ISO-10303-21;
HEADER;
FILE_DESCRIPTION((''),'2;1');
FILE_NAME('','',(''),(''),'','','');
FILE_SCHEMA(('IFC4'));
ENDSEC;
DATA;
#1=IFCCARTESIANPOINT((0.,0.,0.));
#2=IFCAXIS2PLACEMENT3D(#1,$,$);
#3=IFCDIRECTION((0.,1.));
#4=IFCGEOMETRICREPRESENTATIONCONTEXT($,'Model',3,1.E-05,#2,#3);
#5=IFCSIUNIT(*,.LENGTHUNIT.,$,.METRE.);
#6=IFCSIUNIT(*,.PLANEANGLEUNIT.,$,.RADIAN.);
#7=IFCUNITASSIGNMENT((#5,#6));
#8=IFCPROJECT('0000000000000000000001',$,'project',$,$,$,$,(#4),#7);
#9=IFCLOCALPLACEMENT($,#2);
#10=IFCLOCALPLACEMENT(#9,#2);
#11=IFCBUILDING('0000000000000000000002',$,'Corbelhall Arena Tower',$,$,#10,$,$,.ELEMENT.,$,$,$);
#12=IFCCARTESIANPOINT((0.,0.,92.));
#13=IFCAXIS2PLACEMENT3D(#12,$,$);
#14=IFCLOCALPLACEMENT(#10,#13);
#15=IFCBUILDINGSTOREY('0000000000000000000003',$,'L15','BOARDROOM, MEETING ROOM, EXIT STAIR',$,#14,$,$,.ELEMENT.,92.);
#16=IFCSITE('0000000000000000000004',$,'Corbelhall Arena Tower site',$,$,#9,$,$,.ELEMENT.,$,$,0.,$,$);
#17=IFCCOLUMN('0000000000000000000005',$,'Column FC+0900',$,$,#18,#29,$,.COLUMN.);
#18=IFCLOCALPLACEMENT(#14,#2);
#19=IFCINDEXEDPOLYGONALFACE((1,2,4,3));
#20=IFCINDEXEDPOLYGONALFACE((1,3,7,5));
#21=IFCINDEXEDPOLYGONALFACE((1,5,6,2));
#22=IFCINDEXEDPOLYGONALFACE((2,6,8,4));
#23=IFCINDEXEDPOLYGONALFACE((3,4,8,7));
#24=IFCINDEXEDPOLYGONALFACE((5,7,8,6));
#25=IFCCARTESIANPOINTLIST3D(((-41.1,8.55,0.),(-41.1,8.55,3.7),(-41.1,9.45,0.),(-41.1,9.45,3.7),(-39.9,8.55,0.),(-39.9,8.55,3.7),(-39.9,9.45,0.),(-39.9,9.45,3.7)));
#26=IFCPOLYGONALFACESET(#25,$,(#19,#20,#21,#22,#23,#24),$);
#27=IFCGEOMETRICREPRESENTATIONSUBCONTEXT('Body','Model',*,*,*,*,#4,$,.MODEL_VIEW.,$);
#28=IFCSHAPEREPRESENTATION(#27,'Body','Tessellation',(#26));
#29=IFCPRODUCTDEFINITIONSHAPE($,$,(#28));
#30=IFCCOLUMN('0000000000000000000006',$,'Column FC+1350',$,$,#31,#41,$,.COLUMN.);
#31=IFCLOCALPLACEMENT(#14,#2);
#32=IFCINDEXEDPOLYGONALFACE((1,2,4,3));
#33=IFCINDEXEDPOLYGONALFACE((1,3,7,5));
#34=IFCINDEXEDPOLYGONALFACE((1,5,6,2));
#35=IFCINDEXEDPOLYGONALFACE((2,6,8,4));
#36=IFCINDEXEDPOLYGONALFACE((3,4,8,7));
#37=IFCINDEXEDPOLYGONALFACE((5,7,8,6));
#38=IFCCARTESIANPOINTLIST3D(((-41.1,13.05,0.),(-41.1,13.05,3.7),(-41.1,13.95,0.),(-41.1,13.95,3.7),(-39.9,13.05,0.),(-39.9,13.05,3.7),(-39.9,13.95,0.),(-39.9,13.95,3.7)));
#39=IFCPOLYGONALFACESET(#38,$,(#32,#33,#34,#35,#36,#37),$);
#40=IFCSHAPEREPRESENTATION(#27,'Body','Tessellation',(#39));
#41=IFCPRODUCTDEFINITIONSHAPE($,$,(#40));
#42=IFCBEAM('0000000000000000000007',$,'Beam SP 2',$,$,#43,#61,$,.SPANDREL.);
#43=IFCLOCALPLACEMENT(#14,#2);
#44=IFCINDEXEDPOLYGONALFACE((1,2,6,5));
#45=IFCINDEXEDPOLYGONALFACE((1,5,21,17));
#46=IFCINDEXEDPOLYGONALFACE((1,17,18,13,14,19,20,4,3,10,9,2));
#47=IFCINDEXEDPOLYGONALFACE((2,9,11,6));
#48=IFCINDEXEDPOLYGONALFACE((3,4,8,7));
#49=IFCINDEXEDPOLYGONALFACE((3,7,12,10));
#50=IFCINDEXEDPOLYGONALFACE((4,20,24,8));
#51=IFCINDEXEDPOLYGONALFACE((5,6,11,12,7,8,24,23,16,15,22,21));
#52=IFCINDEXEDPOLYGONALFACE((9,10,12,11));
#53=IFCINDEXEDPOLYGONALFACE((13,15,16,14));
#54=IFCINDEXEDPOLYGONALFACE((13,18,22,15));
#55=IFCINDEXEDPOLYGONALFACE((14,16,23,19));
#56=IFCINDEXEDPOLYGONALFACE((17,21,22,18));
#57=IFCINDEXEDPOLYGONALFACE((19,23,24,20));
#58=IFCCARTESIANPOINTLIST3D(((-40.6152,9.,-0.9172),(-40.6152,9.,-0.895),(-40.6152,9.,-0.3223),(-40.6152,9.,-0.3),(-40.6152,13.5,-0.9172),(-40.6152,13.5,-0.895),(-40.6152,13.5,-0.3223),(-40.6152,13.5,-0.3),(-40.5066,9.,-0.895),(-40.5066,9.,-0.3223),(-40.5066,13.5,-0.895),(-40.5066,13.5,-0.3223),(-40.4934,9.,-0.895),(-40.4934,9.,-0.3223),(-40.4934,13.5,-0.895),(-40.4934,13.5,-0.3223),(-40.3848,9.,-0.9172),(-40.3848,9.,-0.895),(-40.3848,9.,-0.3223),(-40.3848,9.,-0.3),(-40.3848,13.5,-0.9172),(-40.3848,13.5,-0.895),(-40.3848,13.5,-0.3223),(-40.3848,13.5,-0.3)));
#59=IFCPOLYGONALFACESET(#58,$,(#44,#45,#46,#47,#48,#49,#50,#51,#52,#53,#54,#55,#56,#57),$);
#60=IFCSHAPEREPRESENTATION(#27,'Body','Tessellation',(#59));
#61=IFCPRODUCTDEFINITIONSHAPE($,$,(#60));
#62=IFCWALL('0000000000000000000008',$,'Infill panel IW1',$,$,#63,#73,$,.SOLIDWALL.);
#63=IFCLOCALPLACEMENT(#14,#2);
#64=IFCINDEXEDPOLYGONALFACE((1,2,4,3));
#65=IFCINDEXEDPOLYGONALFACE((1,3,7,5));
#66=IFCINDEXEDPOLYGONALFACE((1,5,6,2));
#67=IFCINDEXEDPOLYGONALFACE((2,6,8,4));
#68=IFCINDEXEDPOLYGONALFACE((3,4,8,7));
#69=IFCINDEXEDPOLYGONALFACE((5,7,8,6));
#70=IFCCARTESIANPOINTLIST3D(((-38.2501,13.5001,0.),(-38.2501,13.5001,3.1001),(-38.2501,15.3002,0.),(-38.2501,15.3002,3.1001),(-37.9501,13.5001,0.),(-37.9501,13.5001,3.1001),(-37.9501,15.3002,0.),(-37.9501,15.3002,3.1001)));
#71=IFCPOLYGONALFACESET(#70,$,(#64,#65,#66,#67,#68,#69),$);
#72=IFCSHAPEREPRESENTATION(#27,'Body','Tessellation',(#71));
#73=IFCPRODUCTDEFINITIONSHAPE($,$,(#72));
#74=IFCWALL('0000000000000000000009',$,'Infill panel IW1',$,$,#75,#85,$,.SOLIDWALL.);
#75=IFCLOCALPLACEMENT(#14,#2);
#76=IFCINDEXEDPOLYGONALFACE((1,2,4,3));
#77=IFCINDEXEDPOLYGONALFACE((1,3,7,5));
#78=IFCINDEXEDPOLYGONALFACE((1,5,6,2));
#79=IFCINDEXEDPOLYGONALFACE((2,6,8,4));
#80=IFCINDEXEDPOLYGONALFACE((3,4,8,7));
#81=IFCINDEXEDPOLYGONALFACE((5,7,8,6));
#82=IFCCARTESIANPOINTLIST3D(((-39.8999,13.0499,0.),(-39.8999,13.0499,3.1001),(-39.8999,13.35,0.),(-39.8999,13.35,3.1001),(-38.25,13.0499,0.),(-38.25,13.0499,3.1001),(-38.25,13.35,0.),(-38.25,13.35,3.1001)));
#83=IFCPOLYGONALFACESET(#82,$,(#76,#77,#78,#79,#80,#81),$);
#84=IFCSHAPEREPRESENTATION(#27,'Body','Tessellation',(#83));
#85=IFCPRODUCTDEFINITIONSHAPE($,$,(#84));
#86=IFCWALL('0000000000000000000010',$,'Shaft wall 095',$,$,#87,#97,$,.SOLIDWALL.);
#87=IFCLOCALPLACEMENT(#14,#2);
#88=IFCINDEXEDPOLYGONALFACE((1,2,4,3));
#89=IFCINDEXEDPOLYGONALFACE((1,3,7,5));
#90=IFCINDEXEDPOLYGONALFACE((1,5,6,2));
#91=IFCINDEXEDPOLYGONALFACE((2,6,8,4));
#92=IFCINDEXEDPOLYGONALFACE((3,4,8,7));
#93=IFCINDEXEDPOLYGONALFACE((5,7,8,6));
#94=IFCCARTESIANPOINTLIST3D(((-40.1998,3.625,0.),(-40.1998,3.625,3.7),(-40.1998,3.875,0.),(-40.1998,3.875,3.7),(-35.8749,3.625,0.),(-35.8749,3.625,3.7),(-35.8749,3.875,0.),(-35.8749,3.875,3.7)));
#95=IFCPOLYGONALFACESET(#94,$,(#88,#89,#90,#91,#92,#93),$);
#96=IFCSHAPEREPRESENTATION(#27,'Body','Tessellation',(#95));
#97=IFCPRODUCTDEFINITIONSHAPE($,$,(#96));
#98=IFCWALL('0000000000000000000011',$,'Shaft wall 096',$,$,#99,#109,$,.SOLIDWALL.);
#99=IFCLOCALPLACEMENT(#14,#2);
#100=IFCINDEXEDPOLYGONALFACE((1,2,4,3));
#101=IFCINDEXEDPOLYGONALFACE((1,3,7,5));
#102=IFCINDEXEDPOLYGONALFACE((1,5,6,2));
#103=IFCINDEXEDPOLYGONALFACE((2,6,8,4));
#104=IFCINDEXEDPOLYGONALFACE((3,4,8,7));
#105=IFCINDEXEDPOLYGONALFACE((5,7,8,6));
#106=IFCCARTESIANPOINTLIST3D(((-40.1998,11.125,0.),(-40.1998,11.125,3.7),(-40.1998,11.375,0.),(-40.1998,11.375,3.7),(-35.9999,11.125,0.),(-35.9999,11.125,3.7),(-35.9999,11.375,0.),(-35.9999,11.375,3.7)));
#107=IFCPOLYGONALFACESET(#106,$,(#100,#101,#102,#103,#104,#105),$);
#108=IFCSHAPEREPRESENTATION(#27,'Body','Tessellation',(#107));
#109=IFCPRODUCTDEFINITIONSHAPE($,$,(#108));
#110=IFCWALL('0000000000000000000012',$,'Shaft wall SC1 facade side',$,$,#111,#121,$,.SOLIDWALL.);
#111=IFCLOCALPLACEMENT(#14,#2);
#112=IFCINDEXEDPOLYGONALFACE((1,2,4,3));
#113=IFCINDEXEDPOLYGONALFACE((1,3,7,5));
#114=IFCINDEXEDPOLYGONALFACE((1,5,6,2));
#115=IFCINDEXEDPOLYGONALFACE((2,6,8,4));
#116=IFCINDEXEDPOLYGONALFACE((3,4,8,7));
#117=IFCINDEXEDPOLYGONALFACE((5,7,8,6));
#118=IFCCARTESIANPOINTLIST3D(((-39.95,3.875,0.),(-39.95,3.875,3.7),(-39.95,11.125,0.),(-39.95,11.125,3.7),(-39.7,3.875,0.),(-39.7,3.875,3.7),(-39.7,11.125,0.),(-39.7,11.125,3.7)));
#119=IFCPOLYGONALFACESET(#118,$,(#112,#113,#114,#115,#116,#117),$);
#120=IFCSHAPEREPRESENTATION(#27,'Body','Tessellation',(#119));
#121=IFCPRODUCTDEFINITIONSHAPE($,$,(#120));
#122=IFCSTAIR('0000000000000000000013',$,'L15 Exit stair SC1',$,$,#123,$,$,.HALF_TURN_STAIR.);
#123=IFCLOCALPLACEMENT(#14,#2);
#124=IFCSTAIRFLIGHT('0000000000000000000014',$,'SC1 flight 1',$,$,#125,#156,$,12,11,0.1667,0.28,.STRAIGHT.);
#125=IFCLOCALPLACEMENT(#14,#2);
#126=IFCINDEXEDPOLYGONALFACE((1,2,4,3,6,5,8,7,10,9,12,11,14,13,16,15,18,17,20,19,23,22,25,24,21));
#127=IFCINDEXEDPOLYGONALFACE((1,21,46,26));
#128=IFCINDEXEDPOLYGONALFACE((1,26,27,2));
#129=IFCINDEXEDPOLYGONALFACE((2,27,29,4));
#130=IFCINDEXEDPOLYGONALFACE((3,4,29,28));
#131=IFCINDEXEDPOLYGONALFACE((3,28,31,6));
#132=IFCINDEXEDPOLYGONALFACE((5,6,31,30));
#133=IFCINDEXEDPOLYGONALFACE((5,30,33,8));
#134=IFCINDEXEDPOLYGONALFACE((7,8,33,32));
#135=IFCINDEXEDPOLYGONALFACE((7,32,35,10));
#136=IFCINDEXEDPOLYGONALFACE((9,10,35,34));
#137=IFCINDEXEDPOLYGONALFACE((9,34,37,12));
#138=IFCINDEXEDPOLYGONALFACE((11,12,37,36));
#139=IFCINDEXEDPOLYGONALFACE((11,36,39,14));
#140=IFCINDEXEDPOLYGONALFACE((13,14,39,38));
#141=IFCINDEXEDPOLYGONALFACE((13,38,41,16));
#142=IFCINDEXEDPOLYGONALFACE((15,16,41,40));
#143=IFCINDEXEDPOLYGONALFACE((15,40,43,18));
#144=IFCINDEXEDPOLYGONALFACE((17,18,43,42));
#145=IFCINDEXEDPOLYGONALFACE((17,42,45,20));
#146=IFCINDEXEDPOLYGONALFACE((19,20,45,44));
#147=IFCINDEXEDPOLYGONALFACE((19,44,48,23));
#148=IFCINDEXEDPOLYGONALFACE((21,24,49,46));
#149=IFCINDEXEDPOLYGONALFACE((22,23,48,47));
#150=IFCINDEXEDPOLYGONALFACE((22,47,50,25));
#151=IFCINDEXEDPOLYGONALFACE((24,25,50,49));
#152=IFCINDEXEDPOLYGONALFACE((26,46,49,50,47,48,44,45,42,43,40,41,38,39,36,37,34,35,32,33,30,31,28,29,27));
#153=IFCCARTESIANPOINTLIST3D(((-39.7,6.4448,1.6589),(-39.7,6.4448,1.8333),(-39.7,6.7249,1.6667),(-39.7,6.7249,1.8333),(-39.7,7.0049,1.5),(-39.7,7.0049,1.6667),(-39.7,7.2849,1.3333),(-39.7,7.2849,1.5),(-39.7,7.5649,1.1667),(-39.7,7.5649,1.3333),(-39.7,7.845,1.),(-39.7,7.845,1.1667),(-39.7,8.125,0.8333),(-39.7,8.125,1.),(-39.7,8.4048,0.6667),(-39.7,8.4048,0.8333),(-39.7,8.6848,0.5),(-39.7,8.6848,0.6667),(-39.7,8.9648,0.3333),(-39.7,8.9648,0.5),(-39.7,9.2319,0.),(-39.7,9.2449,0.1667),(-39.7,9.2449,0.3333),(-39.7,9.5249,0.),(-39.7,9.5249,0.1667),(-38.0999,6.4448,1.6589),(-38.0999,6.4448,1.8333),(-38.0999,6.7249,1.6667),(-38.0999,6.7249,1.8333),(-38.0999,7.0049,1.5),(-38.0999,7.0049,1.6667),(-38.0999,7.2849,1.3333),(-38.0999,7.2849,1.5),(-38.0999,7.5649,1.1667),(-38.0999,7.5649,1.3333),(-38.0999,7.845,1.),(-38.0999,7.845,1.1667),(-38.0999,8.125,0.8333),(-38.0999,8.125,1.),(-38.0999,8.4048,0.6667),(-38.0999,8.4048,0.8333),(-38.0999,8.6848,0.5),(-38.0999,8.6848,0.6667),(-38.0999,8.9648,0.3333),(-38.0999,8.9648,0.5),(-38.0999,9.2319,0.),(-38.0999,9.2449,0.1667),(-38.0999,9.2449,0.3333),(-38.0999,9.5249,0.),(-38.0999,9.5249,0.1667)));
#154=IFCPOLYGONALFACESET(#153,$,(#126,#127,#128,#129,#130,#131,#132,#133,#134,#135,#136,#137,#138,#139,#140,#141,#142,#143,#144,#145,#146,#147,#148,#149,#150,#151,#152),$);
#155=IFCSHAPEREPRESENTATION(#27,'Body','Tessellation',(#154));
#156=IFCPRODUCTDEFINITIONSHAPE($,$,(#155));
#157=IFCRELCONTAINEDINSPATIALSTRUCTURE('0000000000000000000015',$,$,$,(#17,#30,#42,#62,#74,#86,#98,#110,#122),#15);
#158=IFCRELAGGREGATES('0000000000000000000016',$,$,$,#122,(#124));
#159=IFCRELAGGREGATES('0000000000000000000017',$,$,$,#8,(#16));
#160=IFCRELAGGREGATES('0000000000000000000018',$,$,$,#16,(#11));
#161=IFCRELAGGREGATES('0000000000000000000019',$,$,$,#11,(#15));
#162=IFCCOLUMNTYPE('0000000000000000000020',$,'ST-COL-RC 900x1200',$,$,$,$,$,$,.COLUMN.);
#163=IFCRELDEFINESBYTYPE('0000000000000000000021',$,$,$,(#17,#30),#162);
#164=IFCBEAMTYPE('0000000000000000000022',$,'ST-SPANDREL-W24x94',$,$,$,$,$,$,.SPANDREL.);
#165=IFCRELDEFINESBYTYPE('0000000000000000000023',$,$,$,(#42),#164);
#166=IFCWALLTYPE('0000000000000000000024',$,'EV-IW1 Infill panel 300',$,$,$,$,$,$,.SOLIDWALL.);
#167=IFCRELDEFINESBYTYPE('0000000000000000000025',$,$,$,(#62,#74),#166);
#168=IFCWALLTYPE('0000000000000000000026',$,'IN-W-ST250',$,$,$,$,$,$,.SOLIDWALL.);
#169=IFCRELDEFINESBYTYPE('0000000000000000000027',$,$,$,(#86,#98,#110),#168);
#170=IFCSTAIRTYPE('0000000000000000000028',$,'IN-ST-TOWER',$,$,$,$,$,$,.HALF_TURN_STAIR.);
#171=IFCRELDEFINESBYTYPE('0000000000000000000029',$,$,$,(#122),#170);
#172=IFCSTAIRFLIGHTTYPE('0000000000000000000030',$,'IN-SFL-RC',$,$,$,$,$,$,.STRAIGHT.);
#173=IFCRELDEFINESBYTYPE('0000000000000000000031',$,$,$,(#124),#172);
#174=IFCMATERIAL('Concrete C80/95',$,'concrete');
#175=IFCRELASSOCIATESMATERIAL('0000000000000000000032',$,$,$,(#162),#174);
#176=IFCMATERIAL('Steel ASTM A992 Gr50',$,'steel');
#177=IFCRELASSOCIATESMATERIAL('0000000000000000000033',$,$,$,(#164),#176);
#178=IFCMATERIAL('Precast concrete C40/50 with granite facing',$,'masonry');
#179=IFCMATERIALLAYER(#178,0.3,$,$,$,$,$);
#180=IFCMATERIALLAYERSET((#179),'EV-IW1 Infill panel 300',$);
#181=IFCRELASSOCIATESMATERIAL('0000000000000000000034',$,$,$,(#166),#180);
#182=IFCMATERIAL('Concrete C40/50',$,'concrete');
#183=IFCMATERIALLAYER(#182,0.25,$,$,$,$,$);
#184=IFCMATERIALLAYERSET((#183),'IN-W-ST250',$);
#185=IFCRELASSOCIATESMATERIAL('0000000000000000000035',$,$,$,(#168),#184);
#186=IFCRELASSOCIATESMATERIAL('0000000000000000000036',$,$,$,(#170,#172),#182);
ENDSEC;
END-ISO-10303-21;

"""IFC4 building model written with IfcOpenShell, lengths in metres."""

from ifc_helpers import new_model, si_unit, direction, frame, frame_2d, origin, origin_2d, place, context, subcontext, project, spatial, polyline, rectangle, i_section, outline, extrude, material, layer, layer_set, material_profile, profile_set, type_object, element, aggregate, save


model = new_model("IFC4")

# Units and contexts
model_context = context("Model", 3, precision=1e-05, world=origin(), true_north=direction((0.0, 1.0)))
body_context = subcontext(model_context, "Body", "Model", "MODEL_VIEW")
ifc_project = project(units=[si_unit("LENGTHUNIT", "METRE"), si_unit("PLANEANGLEUNIT", "RADIAN")], contexts=[model_context])

# Site, building, storey
site_placement = place(None, origin())
site = spatial("IfcSite", under=ifc_project, at=site_placement, Name="Corbelhall Arena Tower site", CompositionType="ELEMENT", RefElevation=0.0)
building_placement = place(site_placement, origin())
building = spatial("IfcBuilding", under=site, at=building_placement, Name="Corbelhall Arena Tower", CompositionType="ELEMENT")
storey_placement = place(building_placement, frame((0.0, 0.0, 92.0)))
storey = spatial("IfcBuildingStorey", under=building, at=storey_placement, Name="L15", Description="BOARDROOM, MEETING ROOM, EXIT STAIR", CompositionType="ELEMENT", Elevation=92.0)

# Columns
ifc_material_1 = material(Name="Concrete C80/95", Category="concrete")
ifc_material_profile_1 = material_profile(ifc_material_1, rectangle(XDim=0.8999, YDim=1.2, at=origin_2d()))
ifc_profile_set_1 = profile_set([ifc_material_profile_1], Name="Concrete C80/95")
column_type = type_object("IfcColumnType", Name="ST-COL-RC 900x1200", PredefinedType="COLUMN", material=ifc_profile_set_1)
for number, where, z_axis, x_axis, name in (
    (1, (-40.5, 9.0, 0.0), (0.0, 0.0, 1.0), (0.0, 1.0, 0.0), "Column FC+0900"),
    (2, (-40.5, 13.5, 0.0), (0.0, 0.0, 1.0), (0.0, 1.0, 0.0), "Column FC+1350"),
):
    element("IfcColumn", number, at=place(storey_placement, frame(where, z_axis=z_axis, x_axis=x_axis)), inside=storey, type_object=column_type, Name=name, PredefinedType="COLUMN", context=body_context, shape_type="SweptSolid", body=[
        extrude(rectangle(XDim=0.8999, YDim=1.2, at=origin_2d()), origin(), (0.0, 0.0, 1.0), 3.7),
    ])

# Beam
ifc_material_2 = material(Name="Steel ASTM A992 Gr50", Category="steel")
ifc_material_profile_2 = material_profile(ifc_material_2, i_section(OverallWidth=0.2305, OverallDepth=0.6172, WebThickness=0.0132, FlangeThickness=0.0222, at=origin_2d()))
ifc_profile_set_2 = profile_set([ifc_material_profile_2], Name="Steel ASTM A992 Gr50")
beam_type = type_object("IfcBeamType", Name="ST-SPANDREL-W24x94", PredefinedType="SPANDREL", material=ifc_profile_set_2)
beam_placement = place(storey_placement, frame((-40.5, 9.0, -0.6086), z_axis=(0.0, 1.0, 0.0), x_axis=(-1.0, 0.0, 0.0)))
element("IfcBeam", 3, at=beam_placement, inside=storey, type_object=beam_type, Name="Beam SP 2", PredefinedType="SPANDREL", context=body_context, shape_type="SweptSolid", body=[
    extrude(i_section(OverallWidth=0.2305, OverallDepth=0.6172, WebThickness=0.0132, FlangeThickness=0.0222, at=origin_2d()), origin(), (0.0, 0.0, 1.0), 4.5),
])

# Walls
ifc_material_3 = material(Name="Precast concrete C40/50 with granite facing", Category="masonry")
ifc_layer_1 = layer(ifc_material_3, 0.3)
ifc_layer_set_1 = layer_set([ifc_layer_1], Name="EV-IW1 Infill panel 300")
wall_type_1 = type_object("IfcWallType", Name="EV-IW1 Infill panel 300", PredefinedType="SOLIDWALL", material=ifc_layer_set_1)
wall_1_placement = place(storey_placement, frame((-38.1001, 15.3, 0.0), z_axis=(0.0, 0.0, 1.0), x_axis=(0.0, -1.0, 0.0)))
element("IfcWall", 4, at=wall_1_placement, inside=storey, type_object=wall_type_1, Name="Infill panel IW1", PredefinedType="SOLIDWALL", context=body_context, shape_type="SweptSolid", body=[
    extrude(rectangle(XDim=1.8, YDim=0.3, at=frame_2d((0.8999, 0.0))), origin(), (0.0, 0.0, 1.0), 3.1001),
])
wall_2_placement = place(storey_placement, frame((-39.8999, 13.2, 0.0), z_axis=(0.0, 0.0, 1.0), x_axis=(1.0, 0.0, 0.0)))
element("IfcWall", 5, at=wall_2_placement, inside=storey, type_object=wall_type_1, Name="Infill panel IW1", PredefinedType="SOLIDWALL", context=body_context, shape_type="SweptSolid", body=[
    extrude(rectangle(XDim=1.6499, YDim=0.3, at=frame_2d((0.825, 0.0))), origin(), (0.0, 0.0, 1.0), 3.1001),
])

# Walls
ifc_material_4 = material(Name="Concrete C40/50", Category="concrete")
ifc_layer_2 = layer(ifc_material_4, 0.25)
ifc_layer_set_2 = layer_set([ifc_layer_2], Name="IN-W-ST250")
wall_type_2 = type_object("IfcWallType", Name="IN-W-ST250", PredefinedType="SOLIDWALL", material=ifc_layer_set_2)
wall_3_placement = place(storey_placement, frame((-40.2, 3.75, 0.0), z_axis=(0.0, 0.0, 1.0), x_axis=(1.0, 0.0, 0.0)))
element("IfcWall", 6, at=wall_3_placement, inside=storey, type_object=wall_type_2, Name="Shaft wall 095", PredefinedType="SOLIDWALL", context=body_context, shape_type="SweptSolid", body=[
    extrude(rectangle(XDim=4.325, YDim=0.25, at=frame_2d((2.1626, 0.0))), origin(), (0.0, 0.0, 1.0), 3.7),
])
wall_4_placement = place(storey_placement, frame((-40.2, 11.25, 0.0), z_axis=(0.0, 0.0, 1.0), x_axis=(1.0, 0.0, 0.0)))
element("IfcWall", 7, at=wall_4_placement, inside=storey, type_object=wall_type_2, Name="Shaft wall 096", PredefinedType="SOLIDWALL", context=body_context, shape_type="SweptSolid", body=[
    extrude(rectangle(XDim=4.2, YDim=0.25, at=frame_2d((2.1001, 0.0))), origin(), (0.0, 0.0, 1.0), 3.7),
])
wall_5_placement = place(storey_placement, frame((-39.825, 3.875, 0.0), z_axis=(0.0, 0.0, 1.0), x_axis=(0.0, 1.0, 0.0)))
element("IfcWall", 8, at=wall_5_placement, inside=storey, type_object=wall_type_2, Name="Shaft wall SC1 facade side", PredefinedType="SOLIDWALL", context=body_context, shape_type="SweptSolid", body=[
    extrude(rectangle(XDim=7.25, YDim=0.25, at=frame_2d((3.625, 0.0))), origin(), (0.0, 0.0, 1.0), 3.7),
])

# Stair, stair flight
stair_type = type_object("IfcStairType", Name="IN-ST-TOWER", PredefinedType="HALF_TURN_STAIR", material=ifc_material_4)
stair_placement = place(storey_placement, origin())
stair = element("IfcStair", 9, at=stair_placement, inside=storey, type_object=stair_type, Name="L15 Exit stair SC1", PredefinedType="HALF_TURN_STAIR")
stair_flight_type = type_object("IfcStairFlightType", Name="IN-SFL-RC", PredefinedType="STRAIGHT", material=ifc_material_4)
stair_flight_1_placement = place(storey_placement, frame((-38.8999, 9.5249, 0.0), z_axis=(0.0, 0.0, 1.0), x_axis=(0.0, -1.0, 0.0)))
stair_flight_1 = element("IfcStairFlight", 10, at=stair_flight_1_placement, type_object=stair_flight_type, Name="SC1 flight 1", NumberOfRisers=12, NumberOfTreads=11, PredefinedType="STRAIGHT", RiserHeight=0.1667, TreadLength=0.28, context=body_context, shape_type="SweptSolid", body=[
    extrude(outline(polyline([(0.0, 0.0), (0.0, 0.1667), (0.28, 0.1667), (0.28, 0.3333), (0.5601, 0.3333), (0.5601, 0.5), (0.8401, 0.5), (0.8401, 0.6667), (1.1201, 0.6667), (1.1201, 0.8333), (1.3999, 0.8333), (1.3999, 1.0), (1.6799, 1.0), (1.6799, 1.1667), (1.96, 1.1667), (1.96, 1.3333), (2.24, 1.3333), (2.24, 1.5), (2.52, 1.5), (2.52, 1.6667), (2.8, 1.6667), (2.8, 1.8333), (3.0801, 1.8333), (3.0801, 2.0), (3.0801, 1.6589), (0.293, 0.0), (0.0, 0.0)])), frame((0.0, 0.8, 0.0), z_axis=(0.0, -1.0, 0.0), x_axis=(1.0, 0.0, 0.0)), (0.0, 0.0, 1.0), 1.6001),
])
aggregate(stair, [stair_flight_1])

save(model, "model.ifc")
